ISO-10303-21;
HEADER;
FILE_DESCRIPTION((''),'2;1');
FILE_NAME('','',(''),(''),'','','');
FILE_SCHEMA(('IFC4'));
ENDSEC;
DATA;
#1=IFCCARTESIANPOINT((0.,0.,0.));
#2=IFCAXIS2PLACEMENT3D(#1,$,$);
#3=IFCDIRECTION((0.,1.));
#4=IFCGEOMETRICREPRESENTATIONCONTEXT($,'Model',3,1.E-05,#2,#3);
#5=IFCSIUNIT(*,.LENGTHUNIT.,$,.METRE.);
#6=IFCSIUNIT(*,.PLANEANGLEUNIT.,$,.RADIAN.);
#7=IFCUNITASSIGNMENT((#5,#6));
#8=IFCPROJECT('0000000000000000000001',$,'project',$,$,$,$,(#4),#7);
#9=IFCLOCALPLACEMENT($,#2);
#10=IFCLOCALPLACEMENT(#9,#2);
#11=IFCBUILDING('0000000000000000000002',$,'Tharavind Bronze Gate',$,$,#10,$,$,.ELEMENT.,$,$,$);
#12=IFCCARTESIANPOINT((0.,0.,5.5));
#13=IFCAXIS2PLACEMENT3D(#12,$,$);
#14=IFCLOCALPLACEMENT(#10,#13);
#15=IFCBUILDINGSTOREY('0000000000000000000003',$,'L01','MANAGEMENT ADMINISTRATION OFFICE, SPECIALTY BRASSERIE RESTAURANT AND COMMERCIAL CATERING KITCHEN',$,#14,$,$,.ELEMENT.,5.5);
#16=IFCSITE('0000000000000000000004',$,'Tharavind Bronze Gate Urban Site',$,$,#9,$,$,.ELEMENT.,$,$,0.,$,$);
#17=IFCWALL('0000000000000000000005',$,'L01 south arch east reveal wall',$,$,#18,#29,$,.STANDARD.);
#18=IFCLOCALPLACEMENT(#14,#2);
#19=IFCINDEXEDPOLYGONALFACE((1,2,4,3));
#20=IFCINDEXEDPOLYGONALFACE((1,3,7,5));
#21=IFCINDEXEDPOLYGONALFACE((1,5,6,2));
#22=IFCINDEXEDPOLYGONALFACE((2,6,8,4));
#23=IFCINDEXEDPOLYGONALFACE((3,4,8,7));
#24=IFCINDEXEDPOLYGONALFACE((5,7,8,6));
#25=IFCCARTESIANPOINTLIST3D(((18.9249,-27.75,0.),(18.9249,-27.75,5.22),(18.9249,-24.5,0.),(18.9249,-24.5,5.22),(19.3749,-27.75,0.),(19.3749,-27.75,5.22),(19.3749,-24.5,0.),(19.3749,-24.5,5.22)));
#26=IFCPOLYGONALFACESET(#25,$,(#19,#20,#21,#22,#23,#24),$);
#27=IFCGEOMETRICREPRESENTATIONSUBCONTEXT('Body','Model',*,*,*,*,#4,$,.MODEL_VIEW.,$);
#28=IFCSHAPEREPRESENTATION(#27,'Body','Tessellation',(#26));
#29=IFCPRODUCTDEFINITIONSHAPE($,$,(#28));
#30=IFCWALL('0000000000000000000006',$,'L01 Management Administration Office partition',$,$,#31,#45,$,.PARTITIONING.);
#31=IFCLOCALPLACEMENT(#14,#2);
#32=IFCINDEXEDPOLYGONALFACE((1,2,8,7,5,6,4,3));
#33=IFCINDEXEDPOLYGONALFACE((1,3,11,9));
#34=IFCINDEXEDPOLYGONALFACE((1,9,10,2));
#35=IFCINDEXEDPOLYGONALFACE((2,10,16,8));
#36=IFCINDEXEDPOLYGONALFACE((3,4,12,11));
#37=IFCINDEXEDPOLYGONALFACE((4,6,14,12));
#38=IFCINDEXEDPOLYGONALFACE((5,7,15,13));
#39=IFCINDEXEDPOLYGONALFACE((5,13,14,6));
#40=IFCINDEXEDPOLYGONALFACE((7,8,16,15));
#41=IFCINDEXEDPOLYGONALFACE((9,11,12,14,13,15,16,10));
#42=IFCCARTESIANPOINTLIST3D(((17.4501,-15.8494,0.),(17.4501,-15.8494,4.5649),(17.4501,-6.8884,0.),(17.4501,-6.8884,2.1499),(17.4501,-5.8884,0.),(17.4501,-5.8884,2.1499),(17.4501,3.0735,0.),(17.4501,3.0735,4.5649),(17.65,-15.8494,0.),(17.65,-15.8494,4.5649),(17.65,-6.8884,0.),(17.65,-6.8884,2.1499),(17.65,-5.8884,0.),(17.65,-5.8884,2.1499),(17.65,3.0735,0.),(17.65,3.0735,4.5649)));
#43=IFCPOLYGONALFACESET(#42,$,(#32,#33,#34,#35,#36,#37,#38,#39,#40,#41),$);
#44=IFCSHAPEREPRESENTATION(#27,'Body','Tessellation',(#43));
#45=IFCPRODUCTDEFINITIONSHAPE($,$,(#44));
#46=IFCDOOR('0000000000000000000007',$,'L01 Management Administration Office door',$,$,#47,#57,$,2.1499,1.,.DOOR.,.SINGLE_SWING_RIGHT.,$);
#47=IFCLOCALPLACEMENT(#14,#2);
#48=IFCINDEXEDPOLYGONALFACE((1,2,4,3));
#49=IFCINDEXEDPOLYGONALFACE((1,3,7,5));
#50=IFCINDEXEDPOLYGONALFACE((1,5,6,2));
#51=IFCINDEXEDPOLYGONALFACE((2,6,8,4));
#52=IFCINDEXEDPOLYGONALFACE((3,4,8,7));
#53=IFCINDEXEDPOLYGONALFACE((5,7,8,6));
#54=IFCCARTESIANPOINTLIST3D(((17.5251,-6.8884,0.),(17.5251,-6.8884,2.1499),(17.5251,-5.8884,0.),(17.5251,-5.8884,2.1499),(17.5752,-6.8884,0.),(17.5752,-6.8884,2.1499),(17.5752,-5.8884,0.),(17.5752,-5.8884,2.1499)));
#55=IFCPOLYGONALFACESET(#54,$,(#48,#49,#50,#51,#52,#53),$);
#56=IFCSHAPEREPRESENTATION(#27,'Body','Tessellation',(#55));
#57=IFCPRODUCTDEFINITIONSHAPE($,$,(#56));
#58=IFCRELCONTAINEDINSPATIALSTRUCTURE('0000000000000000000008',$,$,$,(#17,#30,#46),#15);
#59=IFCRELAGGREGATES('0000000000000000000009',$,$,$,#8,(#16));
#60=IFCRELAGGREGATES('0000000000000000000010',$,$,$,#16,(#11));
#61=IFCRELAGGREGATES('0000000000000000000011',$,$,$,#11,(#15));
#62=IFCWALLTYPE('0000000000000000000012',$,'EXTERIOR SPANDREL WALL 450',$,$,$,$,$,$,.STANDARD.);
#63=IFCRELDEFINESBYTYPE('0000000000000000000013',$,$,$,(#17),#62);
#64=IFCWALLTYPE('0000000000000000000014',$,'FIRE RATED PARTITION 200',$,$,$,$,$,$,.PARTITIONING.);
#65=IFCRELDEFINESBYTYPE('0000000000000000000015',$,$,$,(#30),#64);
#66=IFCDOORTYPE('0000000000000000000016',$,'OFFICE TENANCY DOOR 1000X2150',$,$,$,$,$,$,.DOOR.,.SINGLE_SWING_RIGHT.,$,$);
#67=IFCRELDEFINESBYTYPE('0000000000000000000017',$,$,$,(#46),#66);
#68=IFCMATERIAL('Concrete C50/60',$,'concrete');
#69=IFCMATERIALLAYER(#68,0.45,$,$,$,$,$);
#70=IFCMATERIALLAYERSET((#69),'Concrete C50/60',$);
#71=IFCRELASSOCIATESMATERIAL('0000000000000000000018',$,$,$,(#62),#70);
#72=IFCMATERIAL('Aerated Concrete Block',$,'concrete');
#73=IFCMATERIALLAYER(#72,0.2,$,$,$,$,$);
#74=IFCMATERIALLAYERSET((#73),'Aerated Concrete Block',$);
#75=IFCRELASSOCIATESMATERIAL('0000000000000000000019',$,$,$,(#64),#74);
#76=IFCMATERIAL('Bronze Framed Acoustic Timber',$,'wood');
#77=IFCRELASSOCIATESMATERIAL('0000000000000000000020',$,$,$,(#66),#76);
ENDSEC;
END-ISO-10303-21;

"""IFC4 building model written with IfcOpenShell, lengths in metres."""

from ifc_helpers import new_model, si_unit, direction, frame, frame_2d, origin, place, context, subcontext, project, spatial, rectangle, extrude, material, layer, layer_set, type_object, element, fill, save


model = new_model("IFC4")

# Units and contexts
model_context = context("Model", 3, precision=1e-05, world=origin(), true_north=direction((0.0, 1.0)))
body_context = subcontext(model_context, "Body", "Model", "MODEL_VIEW")
ifc_project = project(units=[si_unit("LENGTHUNIT", "METRE"), si_unit("PLANEANGLEUNIT", "RADIAN")], contexts=[model_context])

# Site, building, storey
site_placement = place(None, origin())
site = spatial("IfcSite", under=ifc_project, at=site_placement, Name="Tharavind Bronze Gate Urban Site", CompositionType="ELEMENT", RefElevation=0.0)
building_placement = place(site_placement, origin())
building = spatial("IfcBuilding", under=site, at=building_placement, Name="Tharavind Bronze Gate", CompositionType="ELEMENT")
storey_placement = place(building_placement, frame((0.0, 0.0, 5.5)))
storey = spatial("IfcBuildingStorey", under=building, at=storey_placement, Name="L01", Description="MANAGEMENT ADMINISTRATION OFFICE, SPECIALTY BRASSERIE RESTAURANT AND COMMERCIAL CATERING KITCHEN", CompositionType="ELEMENT", Elevation=5.5)

# Shared definitions
ifc_material_1 = material(Name="Concrete C50/60", Category="concrete")
ifc_layer_1 = layer(ifc_material_1, 0.45)
ifc_layer_set_1 = layer_set([ifc_layer_1], Name="Concrete C50/60")
wall_type_1 = type_object("IfcWallType", Name="EXTERIOR SPANDREL WALL 450", PredefinedType="STANDARD", material=ifc_layer_set_1)

# Wall
wall_1_placement = place(storey_placement, frame((19.1499, -24.5, 0.0), z_axis=(0.0, 0.0, 1.0), x_axis=(0.0, -1.0, 0.0)))
element("IfcWall", 1, at=wall_1_placement, inside=storey, type_object=wall_type_1, Name="L01 south arch east reveal wall", PredefinedType="STANDARD", context=body_context, shape_type="SweptSolid", body=[
    extrude(rectangle(XDim=3.25, YDim=0.45, at=frame_2d((1.625, 0.0))), origin(), (0.0, 0.0, 1.0), 5.22),
])

# Wall, opening, door
ifc_material_2 = material(Name="Aerated Concrete Block", Category="concrete")
ifc_layer_2 = layer(ifc_material_2, 0.2)
ifc_layer_set_2 = layer_set([ifc_layer_2], Name="Aerated Concrete Block")
wall_type_2 = type_object("IfcWallType", Name="FIRE RATED PARTITION 200", PredefinedType="PARTITIONING", material=ifc_layer_set_2)
wall_2_placement = place(storey_placement, frame((17.55, -15.8494, 0.0), z_axis=(0.0, 0.0, 1.0), x_axis=(0.0, 1.0, 0.0)))
wall_2 = element("IfcWall", 2, at=wall_2_placement, inside=storey, type_object=wall_type_2, Name="L01 Management Administration Office partition", PredefinedType="PARTITIONING", context=body_context, shape_type="SweptSolid", body=[
    extrude(rectangle(XDim=18.9229, YDim=0.2, at=frame_2d((9.4614, 0.0))), origin(), (0.0, 0.0, 1.0), 4.5649),
])
opening_1_placement = place(wall_2_placement, frame((8.9609, 0.0, 0.0)))
opening_1 = element("IfcOpeningElement", 3, at=opening_1_placement, cuts=wall_2, PredefinedType="OPENING", context=body_context, shape_type="SweptSolid", body=[
    extrude(rectangle(XDim=1.0, YDim=2.1499, at=frame_2d((0.5, 1.075))), frame((0.0, 0.1101, 0.0), z_axis=(0.0, -1.0, 0.0), x_axis=(1.0, 0.0, 0.0)), (0.0, 0.0, 1.0), 0.22),
])
ifc_material_3 = material(Name="Bronze Framed Acoustic Timber", Category="wood")
door_type = type_object("IfcDoorType", Name="OFFICE TENANCY DOOR 1000X2150", OperationType="SINGLE_SWING_RIGHT", PredefinedType="DOOR", material=ifc_material_3)
door_placement = place(opening_1_placement, origin())
door = element("IfcDoor", 4, at=door_placement, inside=storey, type_object=door_type, Name="L01 Management Administration Office door", OperationType="SINGLE_SWING_RIGHT", OverallHeight=2.1499, OverallWidth=1.0, PredefinedType="DOOR", context=body_context, shape_type="SweptSolid", body=[
    extrude(rectangle(XDim=1.0, YDim=2.1499, at=frame_2d((0.5, 1.075))), frame((0.0, 0.0249, 0.0), z_axis=(0.0, -1.0, 0.0), x_axis=(1.0, 0.0, 0.0)), (0.0, 0.0, 1.0), 0.05),
])
fill(opening_1, door)

save(model, "model.ifc")
